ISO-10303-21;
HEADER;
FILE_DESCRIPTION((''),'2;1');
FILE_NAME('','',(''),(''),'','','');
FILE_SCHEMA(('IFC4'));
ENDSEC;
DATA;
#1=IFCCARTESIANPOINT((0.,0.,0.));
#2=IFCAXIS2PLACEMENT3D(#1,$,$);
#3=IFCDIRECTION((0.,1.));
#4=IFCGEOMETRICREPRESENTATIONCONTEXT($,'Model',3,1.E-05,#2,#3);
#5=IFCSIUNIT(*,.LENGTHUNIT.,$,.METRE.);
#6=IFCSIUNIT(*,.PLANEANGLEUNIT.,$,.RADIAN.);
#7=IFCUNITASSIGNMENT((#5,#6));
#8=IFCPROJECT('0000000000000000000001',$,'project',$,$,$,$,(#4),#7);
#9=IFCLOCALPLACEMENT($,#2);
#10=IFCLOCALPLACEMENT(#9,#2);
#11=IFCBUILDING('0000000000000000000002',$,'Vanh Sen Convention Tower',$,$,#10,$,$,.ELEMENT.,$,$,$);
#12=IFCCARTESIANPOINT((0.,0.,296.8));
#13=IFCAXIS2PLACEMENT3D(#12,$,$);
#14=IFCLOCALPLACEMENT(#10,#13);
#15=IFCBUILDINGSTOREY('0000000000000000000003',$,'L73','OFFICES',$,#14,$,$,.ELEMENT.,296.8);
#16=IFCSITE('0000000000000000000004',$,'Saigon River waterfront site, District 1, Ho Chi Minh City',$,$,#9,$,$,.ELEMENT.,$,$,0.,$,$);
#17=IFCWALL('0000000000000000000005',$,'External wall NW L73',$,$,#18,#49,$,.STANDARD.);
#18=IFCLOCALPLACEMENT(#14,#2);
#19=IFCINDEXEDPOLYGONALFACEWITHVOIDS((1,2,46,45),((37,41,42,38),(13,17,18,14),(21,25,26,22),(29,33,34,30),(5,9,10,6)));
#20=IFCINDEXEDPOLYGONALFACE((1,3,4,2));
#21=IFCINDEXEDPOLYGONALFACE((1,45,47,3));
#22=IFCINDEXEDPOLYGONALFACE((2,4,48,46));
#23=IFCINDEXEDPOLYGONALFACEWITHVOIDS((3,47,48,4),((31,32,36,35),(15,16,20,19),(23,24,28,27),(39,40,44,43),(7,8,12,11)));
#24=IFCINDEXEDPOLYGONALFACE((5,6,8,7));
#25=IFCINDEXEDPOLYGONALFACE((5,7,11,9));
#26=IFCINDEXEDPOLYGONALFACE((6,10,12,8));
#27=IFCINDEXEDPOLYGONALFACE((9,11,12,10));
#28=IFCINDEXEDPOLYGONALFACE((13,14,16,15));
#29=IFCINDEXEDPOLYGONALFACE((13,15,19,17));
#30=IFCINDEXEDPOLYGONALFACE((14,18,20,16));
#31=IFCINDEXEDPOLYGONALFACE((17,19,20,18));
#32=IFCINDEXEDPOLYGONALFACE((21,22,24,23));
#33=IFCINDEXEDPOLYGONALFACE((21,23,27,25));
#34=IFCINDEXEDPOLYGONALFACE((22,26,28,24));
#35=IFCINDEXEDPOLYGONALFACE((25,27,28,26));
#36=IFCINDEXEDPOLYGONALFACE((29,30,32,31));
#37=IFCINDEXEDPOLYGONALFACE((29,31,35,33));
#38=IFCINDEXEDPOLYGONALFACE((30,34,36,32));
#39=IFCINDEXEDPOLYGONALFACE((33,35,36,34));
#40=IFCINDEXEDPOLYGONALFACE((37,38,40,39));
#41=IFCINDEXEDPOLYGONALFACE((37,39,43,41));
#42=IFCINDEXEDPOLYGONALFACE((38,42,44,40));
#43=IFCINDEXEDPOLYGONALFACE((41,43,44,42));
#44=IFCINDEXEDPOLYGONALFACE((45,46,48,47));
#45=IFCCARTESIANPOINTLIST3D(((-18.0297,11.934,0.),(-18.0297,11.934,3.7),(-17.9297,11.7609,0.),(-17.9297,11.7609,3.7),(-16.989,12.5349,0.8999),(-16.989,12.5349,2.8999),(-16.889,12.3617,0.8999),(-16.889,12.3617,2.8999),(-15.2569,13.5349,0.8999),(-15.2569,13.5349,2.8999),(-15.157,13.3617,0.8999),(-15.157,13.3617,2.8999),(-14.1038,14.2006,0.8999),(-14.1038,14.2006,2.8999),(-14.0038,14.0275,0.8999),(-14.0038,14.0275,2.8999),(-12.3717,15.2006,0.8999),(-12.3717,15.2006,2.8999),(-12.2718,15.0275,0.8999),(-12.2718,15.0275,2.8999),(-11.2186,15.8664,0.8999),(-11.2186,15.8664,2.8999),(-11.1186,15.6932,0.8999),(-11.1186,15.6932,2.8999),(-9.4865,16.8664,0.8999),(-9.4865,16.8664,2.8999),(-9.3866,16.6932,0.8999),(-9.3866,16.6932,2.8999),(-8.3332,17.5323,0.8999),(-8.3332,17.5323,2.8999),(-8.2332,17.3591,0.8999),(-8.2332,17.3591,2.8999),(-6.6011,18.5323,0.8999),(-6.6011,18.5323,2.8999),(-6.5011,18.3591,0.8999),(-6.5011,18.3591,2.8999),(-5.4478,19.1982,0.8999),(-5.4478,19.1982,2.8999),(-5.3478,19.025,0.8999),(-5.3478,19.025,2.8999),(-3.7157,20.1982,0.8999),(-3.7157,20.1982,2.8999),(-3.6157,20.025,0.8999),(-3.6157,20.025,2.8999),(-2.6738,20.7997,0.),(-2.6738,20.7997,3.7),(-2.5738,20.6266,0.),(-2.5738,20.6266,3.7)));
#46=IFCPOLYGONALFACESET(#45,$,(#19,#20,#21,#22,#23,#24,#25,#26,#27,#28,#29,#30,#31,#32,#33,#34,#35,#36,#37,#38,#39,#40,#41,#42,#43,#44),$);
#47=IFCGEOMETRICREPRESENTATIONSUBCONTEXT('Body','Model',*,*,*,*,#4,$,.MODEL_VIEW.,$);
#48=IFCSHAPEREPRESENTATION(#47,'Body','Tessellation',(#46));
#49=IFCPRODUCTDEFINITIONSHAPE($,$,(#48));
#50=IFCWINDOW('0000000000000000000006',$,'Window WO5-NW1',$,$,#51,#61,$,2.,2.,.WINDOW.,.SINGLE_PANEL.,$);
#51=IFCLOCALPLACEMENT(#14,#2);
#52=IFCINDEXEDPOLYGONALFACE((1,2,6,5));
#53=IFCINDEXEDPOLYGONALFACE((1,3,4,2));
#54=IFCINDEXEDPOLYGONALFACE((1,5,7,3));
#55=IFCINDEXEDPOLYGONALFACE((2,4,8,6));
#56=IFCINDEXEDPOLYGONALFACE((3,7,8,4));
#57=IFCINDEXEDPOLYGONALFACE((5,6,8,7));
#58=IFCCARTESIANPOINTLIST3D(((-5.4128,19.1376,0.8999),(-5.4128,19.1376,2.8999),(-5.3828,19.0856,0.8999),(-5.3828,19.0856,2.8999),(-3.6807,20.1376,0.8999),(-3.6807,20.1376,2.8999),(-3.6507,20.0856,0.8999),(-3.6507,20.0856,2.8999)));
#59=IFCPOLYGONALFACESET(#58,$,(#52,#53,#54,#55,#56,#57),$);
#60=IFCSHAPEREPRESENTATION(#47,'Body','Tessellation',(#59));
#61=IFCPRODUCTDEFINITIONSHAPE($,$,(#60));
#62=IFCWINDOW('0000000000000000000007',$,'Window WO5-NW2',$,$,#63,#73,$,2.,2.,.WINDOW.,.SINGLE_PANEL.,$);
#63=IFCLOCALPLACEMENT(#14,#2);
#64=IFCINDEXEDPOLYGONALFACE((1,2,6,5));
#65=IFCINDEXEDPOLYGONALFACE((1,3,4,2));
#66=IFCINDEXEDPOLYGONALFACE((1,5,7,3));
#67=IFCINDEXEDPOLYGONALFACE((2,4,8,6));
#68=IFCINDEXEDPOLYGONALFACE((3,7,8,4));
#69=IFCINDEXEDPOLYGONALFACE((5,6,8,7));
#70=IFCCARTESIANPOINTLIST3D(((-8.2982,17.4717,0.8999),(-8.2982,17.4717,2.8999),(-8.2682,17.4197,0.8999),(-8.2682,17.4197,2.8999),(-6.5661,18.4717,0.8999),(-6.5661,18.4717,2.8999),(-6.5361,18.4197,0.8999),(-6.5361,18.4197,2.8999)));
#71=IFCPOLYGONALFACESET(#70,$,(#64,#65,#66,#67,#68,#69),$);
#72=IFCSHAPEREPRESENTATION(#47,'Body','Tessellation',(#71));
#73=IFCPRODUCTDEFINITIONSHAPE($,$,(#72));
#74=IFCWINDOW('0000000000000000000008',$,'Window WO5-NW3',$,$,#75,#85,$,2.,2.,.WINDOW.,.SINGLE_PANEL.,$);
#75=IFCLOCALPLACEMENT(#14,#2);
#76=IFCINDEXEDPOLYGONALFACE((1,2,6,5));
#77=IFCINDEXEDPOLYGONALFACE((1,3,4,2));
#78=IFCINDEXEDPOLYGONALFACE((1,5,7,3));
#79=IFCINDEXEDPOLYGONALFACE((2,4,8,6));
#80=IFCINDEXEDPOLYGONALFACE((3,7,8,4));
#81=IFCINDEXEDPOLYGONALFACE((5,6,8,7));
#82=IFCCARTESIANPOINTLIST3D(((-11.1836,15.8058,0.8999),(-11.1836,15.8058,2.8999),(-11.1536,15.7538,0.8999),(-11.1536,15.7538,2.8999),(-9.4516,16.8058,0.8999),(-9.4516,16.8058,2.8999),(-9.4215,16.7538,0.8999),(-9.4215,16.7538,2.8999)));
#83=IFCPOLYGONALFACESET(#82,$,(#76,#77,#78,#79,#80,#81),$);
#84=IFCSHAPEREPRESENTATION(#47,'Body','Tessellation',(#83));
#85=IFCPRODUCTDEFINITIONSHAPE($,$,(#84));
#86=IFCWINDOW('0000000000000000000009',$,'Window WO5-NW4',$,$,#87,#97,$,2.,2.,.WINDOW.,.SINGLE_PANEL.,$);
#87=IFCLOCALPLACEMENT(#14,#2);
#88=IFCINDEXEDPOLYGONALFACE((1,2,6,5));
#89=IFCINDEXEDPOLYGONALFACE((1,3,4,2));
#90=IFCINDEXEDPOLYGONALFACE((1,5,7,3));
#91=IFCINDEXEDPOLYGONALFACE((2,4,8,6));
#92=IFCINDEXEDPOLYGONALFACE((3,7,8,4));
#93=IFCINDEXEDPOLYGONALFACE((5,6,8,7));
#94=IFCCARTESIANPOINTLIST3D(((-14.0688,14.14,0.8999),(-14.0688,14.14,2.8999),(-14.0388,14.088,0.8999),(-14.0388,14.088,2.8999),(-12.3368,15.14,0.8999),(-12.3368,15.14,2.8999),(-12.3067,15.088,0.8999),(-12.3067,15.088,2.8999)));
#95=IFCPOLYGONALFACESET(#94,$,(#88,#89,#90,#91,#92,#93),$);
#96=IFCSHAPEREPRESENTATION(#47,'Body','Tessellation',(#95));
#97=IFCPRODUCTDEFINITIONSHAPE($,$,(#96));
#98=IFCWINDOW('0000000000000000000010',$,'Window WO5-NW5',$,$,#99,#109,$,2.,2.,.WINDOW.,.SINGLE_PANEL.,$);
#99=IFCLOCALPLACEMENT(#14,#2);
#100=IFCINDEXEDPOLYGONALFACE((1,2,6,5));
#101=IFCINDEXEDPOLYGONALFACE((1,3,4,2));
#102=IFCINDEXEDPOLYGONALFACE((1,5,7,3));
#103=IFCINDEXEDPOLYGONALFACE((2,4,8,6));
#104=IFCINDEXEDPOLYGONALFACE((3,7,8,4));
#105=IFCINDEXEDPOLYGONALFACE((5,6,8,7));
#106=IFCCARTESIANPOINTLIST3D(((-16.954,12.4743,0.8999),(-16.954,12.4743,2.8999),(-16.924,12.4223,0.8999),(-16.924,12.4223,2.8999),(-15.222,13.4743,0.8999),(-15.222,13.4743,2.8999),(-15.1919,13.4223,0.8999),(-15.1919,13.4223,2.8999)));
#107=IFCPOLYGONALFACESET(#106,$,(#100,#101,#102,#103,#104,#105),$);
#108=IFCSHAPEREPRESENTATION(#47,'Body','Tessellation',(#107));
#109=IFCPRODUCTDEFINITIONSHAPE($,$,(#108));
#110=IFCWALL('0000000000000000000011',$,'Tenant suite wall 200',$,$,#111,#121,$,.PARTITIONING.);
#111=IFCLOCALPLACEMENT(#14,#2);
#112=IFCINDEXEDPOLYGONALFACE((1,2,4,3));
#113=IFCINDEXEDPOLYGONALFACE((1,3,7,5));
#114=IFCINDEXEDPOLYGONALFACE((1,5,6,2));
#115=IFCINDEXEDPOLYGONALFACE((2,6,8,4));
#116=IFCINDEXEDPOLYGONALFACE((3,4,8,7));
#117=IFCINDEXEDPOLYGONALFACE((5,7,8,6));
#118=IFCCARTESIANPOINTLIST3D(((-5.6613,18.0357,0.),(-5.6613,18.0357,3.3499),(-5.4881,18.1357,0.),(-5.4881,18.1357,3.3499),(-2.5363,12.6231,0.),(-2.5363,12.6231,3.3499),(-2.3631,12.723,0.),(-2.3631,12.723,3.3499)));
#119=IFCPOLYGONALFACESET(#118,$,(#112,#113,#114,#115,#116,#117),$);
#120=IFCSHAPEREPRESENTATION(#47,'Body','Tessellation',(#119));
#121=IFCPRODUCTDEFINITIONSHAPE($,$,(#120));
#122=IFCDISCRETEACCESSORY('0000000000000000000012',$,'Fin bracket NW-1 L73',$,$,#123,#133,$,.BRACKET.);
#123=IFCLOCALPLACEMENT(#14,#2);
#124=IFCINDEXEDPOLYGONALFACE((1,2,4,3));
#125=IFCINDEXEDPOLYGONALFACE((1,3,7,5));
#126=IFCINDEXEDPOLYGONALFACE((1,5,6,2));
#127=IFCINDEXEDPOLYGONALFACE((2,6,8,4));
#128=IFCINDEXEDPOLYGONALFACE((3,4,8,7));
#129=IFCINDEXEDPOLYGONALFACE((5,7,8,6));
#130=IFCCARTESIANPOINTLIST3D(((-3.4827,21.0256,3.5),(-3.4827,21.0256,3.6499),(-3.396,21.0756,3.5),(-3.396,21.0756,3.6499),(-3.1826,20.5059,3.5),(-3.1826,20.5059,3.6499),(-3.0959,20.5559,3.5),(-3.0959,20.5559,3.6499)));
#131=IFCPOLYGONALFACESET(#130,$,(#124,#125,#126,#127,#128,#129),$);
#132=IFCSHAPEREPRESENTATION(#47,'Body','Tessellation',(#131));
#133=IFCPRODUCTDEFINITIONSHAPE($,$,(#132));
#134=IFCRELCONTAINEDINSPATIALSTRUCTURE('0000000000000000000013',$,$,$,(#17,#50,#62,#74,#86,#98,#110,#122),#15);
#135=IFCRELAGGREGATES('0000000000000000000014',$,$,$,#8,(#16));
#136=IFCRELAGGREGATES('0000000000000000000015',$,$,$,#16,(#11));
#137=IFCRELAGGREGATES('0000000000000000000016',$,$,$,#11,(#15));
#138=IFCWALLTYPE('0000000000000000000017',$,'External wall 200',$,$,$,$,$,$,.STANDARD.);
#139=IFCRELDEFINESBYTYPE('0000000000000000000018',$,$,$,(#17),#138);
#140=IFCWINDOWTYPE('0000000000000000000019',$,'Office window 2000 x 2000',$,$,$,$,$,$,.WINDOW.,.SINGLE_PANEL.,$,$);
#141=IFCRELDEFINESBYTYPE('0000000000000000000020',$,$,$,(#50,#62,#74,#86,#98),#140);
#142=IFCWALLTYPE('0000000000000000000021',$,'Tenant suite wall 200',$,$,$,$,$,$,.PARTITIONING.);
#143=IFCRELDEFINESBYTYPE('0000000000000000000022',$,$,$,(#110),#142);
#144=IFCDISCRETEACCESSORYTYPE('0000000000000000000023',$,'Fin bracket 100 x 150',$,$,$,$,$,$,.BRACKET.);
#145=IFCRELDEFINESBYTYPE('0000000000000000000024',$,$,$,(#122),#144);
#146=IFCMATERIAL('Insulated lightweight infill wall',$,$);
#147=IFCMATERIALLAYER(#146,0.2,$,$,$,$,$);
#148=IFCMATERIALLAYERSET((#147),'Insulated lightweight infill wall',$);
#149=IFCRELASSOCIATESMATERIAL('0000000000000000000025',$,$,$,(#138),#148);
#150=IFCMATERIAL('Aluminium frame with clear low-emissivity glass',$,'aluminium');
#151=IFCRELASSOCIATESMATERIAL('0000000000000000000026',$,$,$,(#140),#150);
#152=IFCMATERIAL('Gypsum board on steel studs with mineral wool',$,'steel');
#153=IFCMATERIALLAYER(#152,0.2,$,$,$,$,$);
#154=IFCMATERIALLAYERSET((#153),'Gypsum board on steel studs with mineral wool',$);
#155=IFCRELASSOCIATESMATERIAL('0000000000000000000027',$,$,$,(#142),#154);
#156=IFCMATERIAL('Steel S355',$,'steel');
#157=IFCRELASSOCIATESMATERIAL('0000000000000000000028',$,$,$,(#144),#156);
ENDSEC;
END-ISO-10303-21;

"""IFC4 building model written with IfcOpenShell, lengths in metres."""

from ifc_helpers import new_model, si_unit, direction, frame, frame_2d, origin, origin_2d, place, context, subcontext, project, spatial, rectangle, extrude, material, layer, layer_set, type_object, element, fill, save


model = new_model("IFC4")

# Units and contexts
model_context = context("Model", 3, precision=1e-05, world=origin(), true_north=direction((0.0, 1.0)))
body_context = subcontext(model_context, "Body", "Model", "MODEL_VIEW")
ifc_project = project(units=[si_unit("LENGTHUNIT", "METRE"), si_unit("PLANEANGLEUNIT", "RADIAN")], contexts=[model_context])

# Site, building, storey
site_placement = place(None, origin())
site = spatial("IfcSite", under=ifc_project, at=site_placement, Name="Saigon River waterfront site, District 1, Ho Chi Minh City", CompositionType="ELEMENT", RefElevation=0.0)
building_placement = place(site_placement, origin())
building = spatial("IfcBuilding", under=site, at=building_placement, Name="Vanh Sen Convention Tower", CompositionType="ELEMENT")
storey_placement = place(building_placement, frame((0.0, 0.0, 296.8)))
storey = spatial("IfcBuildingStorey", under=building, at=storey_placement, Name="L73", Description="OFFICES", CompositionType="ELEMENT", Elevation=296.8)

# Shared definitions
ifc_material_1 = material(Name="Gypsum board on steel studs with mineral wool", Category="steel")

# Wall, openings, windows
ifc_material_2 = material(Name="Insulated lightweight infill wall")
ifc_layer_1 = layer(ifc_material_2, 0.2)
ifc_layer_set_1 = layer_set([ifc_layer_1], Name="Insulated lightweight infill wall")
wall_type_1 = type_object("IfcWallType", Name="External wall 200", PredefinedType="STANDARD", material=ifc_layer_set_1)
wall_1_placement = place(storey_placement, frame((-2.6238, 20.7131, 0.0), z_axis=(0.0, 0.0, 1.0), x_axis=(-0.866026, -0.499998, 0.0)))
wall_1 = element("IfcWall", 1, at=wall_1_placement, inside=storey, type_object=wall_type_1, Name="External wall NW L73", PredefinedType="STANDARD", context=body_context, shape_type="SweptSolid", body=[
    extrude(rectangle(XDim=17.7314, YDim=0.2, at=frame_2d((8.8657, 0.0))), origin(), (0.0, 0.0, 1.0), 3.7),
])
opening_1_placement = place(wall_1_placement, frame((1.2031, 0.0, 0.8999)))
opening_1 = element("IfcOpeningElement", 2, at=opening_1_placement, cuts=wall_1, PredefinedType="OPENING", context=body_context, shape_type="SweptSolid", body=[
    extrude(rectangle(XDim=2.0, YDim=2.0, at=frame_2d((1.0, 1.0))), frame((0.0, 0.1099, 0.0), z_axis=(0.0, -1.0, 0.0), x_axis=(1.0, 0.0, 0.0)), (0.0, 0.0, 1.0), 0.22),
])
opening_2_placement = place(wall_1_placement, frame((4.5349, 0.0, 0.8999)))
opening_2 = element("IfcOpeningElement", 3, at=opening_2_placement, cuts=wall_1, PredefinedType="OPENING", context=body_context, shape_type="SweptSolid", body=[
    extrude(rectangle(XDim=2.0, YDim=2.0, at=frame_2d((1.0, 1.0))), frame((0.0, 0.1099, 0.0), z_axis=(0.0, -1.0, 0.0), x_axis=(1.0, 0.0, 0.0)), (0.0, 0.0, 1.0), 0.22),
])
opening_3_placement = place(wall_1_placement, frame((7.8667, 0.0, 0.8999)))
opening_3 = element("IfcOpeningElement", 4, at=opening_3_placement, cuts=wall_1, PredefinedType="OPENING", context=body_context, shape_type="SweptSolid", body=[
    extrude(rectangle(XDim=2.0, YDim=2.0, at=frame_2d((1.0, 1.0))), frame((0.0, 0.1099, 0.0), z_axis=(0.0, -1.0, 0.0), x_axis=(1.0, 0.0, 0.0)), (0.0, 0.0, 1.0), 0.22),
])
opening_4_placement = place(wall_1_placement, frame((11.1982, 0.0, 0.8999)))
opening_4 = element("IfcOpeningElement", 5, at=opening_4_placement, cuts=wall_1, PredefinedType="OPENING", context=body_context, shape_type="SweptSolid", body=[
    extrude(rectangle(XDim=2.0, YDim=2.0, at=frame_2d((1.0, 1.0))), frame((0.0, 0.1099, 0.0), z_axis=(0.0, -1.0, 0.0), x_axis=(1.0, 0.0, 0.0)), (0.0, 0.0, 1.0), 0.22),
])
opening_5_placement = place(wall_1_placement, frame((14.5298, 0.0, 0.8999)))
opening_5 = element("IfcOpeningElement", 6, at=opening_5_placement, cuts=wall_1, PredefinedType="OPENING", context=body_context, shape_type="SweptSolid", body=[
    extrude(rectangle(XDim=2.0, YDim=2.0, at=frame_2d((1.0, 1.0))), frame((0.0, 0.1099, 0.0), z_axis=(0.0, -1.0, 0.0), x_axis=(1.0, 0.0, 0.0)), (0.0, 0.0, 1.0), 0.22),
])
ifc_material_3 = material(Name="Aluminium frame with clear low-emissivity glass", Category="aluminium")
window_type = type_object("IfcWindowType", Name="Office window 2000 x 2000", PartitioningType="SINGLE_PANEL", PredefinedType="WINDOW", material=ifc_material_3)
window_1_placement = place(opening_1_placement, origin())
window_1 = element("IfcWindow", 7, at=window_1_placement, inside=storey, type_object=window_type, Name="Window WO5-NW1", OverallHeight=2.0, OverallWidth=2.0, PartitioningType="SINGLE_PANEL", PredefinedType="WINDOW", context=body_context, shape_type="SweptSolid", body=[
    extrude(rectangle(XDim=2.0, YDim=2.0, at=frame_2d((1.0, 1.0))), frame((0.0, 0.03, 0.0), z_axis=(0.0, -1.0, 0.0), x_axis=(1.0, 0.0, 0.0)), (0.0, 0.0, 1.0), 0.0601),
])
fill(opening_1, window_1)
window_2_placement = place(opening_2_placement, origin())
window_2 = element("IfcWindow", 8, at=window_2_placement, inside=storey, type_object=window_type, Name="Window WO5-NW2", OverallHeight=2.0, OverallWidth=2.0, PartitioningType="SINGLE_PANEL", PredefinedType="WINDOW", context=body_context, shape_type="SweptSolid", body=[
    extrude(rectangle(XDim=2.0, YDim=2.0, at=frame_2d((1.0, 1.0))), frame((0.0, 0.03, 0.0), z_axis=(0.0, -1.0, 0.0), x_axis=(1.0, 0.0, 0.0)), (0.0, 0.0, 1.0), 0.0601),
])
fill(opening_2, window_2)
window_3_placement = place(opening_3_placement, origin())
window_3 = element("IfcWindow", 9, at=window_3_placement, inside=storey, type_object=window_type, Name="Window WO5-NW3", OverallHeight=2.0, OverallWidth=2.0, PartitioningType="SINGLE_PANEL", PredefinedType="WINDOW", context=body_context, shape_type="SweptSolid", body=[
    extrude(rectangle(XDim=2.0, YDim=2.0, at=frame_2d((1.0, 1.0))), frame((0.0, 0.03, 0.0), z_axis=(0.0, -1.0, 0.0), x_axis=(1.0, 0.0, 0.0)), (0.0, 0.0, 1.0), 0.0601),
])
fill(opening_3, window_3)
window_4_placement = place(opening_4_placement, origin())
window_4 = element("IfcWindow", 10, at=window_4_placement, inside=storey, type_object=window_type, Name="Window WO5-NW4", OverallHeight=2.0, OverallWidth=2.0, PartitioningType="SINGLE_PANEL", PredefinedType="WINDOW", context=body_context, shape_type="SweptSolid", body=[
    extrude(rectangle(XDim=2.0, YDim=2.0, at=frame_2d((1.0, 1.0))), frame((0.0, 0.03, 0.0), z_axis=(0.0, -1.0, 0.0), x_axis=(1.0, 0.0, 0.0)), (0.0, 0.0, 1.0), 0.0601),
])
fill(opening_4, window_4)
window_5_placement = place(opening_5_placement, origin())
window_5 = element("IfcWindow", 11, at=window_5_placement, inside=storey, type_object=window_type, Name="Window WO5-NW5", OverallHeight=2.0, OverallWidth=2.0, PartitioningType="SINGLE_PANEL", PredefinedType="WINDOW", context=body_context, shape_type="SweptSolid", body=[
    extrude(rectangle(XDim=2.0, YDim=2.0, at=frame_2d((1.0, 1.0))), frame((0.0, 0.03, 0.0), z_axis=(0.0, -1.0, 0.0), x_axis=(1.0, 0.0, 0.0)), (0.0, 0.0, 1.0), 0.0601),
])
fill(opening_5, window_5)

# Wall
ifc_layer_2 = layer(ifc_material_1, 0.2)
ifc_layer_set_2 = layer_set([ifc_layer_2], Name="Gypsum board on steel studs with mineral wool")
wall_type_2 = type_object("IfcWallType", Name="Tenant suite wall 200", PredefinedType="PARTITIONING", material=ifc_layer_set_2)
wall_2_placement = place(storey_placement, frame((-5.5747, 18.0857, 0.0), z_axis=(0.0, 0.0, 1.0), x_axis=(0.500004, -0.866023, 0.0)))
element("IfcWall", 12, at=wall_2_placement, inside=storey, type_object=wall_type_2, Name="Tenant suite wall 200", PredefinedType="PARTITIONING", context=body_context, shape_type="SweptSolid", body=[
    extrude(rectangle(XDim=6.25, YDim=0.2, at=frame_2d((3.125, 0.0))), origin(), (0.0, 0.0, 1.0), 3.3499),
])

# Discrete accessory
ifc_material_4 = material(Name="Steel S355", Category="steel")
discrete_accessory_type = type_object("IfcDiscreteAccessoryType", Name="Fin bracket 100 x 150", PredefinedType="BRACKET", material=ifc_material_4)
discrete_accessory_placement = place(storey_placement, frame((-3.2893, 20.7908, 3.5), z_axis=(0.0, 0.0, 1.0), x_axis=(-0.5, 0.866025, 0.0)))
element("IfcDiscreteAccessory", 13, at=discrete_accessory_placement, inside=storey, type_object=discrete_accessory_type, Name="Fin bracket NW-1 L73", PredefinedType="BRACKET", context=body_context, shape_type="SweptSolid", body=[
    extrude(rectangle(XDim=0.6001, YDim=0.1001, at=origin_2d()), origin(), (0.0, 0.0, 1.0), 0.1499),
])

save(model, "model.ifc")
